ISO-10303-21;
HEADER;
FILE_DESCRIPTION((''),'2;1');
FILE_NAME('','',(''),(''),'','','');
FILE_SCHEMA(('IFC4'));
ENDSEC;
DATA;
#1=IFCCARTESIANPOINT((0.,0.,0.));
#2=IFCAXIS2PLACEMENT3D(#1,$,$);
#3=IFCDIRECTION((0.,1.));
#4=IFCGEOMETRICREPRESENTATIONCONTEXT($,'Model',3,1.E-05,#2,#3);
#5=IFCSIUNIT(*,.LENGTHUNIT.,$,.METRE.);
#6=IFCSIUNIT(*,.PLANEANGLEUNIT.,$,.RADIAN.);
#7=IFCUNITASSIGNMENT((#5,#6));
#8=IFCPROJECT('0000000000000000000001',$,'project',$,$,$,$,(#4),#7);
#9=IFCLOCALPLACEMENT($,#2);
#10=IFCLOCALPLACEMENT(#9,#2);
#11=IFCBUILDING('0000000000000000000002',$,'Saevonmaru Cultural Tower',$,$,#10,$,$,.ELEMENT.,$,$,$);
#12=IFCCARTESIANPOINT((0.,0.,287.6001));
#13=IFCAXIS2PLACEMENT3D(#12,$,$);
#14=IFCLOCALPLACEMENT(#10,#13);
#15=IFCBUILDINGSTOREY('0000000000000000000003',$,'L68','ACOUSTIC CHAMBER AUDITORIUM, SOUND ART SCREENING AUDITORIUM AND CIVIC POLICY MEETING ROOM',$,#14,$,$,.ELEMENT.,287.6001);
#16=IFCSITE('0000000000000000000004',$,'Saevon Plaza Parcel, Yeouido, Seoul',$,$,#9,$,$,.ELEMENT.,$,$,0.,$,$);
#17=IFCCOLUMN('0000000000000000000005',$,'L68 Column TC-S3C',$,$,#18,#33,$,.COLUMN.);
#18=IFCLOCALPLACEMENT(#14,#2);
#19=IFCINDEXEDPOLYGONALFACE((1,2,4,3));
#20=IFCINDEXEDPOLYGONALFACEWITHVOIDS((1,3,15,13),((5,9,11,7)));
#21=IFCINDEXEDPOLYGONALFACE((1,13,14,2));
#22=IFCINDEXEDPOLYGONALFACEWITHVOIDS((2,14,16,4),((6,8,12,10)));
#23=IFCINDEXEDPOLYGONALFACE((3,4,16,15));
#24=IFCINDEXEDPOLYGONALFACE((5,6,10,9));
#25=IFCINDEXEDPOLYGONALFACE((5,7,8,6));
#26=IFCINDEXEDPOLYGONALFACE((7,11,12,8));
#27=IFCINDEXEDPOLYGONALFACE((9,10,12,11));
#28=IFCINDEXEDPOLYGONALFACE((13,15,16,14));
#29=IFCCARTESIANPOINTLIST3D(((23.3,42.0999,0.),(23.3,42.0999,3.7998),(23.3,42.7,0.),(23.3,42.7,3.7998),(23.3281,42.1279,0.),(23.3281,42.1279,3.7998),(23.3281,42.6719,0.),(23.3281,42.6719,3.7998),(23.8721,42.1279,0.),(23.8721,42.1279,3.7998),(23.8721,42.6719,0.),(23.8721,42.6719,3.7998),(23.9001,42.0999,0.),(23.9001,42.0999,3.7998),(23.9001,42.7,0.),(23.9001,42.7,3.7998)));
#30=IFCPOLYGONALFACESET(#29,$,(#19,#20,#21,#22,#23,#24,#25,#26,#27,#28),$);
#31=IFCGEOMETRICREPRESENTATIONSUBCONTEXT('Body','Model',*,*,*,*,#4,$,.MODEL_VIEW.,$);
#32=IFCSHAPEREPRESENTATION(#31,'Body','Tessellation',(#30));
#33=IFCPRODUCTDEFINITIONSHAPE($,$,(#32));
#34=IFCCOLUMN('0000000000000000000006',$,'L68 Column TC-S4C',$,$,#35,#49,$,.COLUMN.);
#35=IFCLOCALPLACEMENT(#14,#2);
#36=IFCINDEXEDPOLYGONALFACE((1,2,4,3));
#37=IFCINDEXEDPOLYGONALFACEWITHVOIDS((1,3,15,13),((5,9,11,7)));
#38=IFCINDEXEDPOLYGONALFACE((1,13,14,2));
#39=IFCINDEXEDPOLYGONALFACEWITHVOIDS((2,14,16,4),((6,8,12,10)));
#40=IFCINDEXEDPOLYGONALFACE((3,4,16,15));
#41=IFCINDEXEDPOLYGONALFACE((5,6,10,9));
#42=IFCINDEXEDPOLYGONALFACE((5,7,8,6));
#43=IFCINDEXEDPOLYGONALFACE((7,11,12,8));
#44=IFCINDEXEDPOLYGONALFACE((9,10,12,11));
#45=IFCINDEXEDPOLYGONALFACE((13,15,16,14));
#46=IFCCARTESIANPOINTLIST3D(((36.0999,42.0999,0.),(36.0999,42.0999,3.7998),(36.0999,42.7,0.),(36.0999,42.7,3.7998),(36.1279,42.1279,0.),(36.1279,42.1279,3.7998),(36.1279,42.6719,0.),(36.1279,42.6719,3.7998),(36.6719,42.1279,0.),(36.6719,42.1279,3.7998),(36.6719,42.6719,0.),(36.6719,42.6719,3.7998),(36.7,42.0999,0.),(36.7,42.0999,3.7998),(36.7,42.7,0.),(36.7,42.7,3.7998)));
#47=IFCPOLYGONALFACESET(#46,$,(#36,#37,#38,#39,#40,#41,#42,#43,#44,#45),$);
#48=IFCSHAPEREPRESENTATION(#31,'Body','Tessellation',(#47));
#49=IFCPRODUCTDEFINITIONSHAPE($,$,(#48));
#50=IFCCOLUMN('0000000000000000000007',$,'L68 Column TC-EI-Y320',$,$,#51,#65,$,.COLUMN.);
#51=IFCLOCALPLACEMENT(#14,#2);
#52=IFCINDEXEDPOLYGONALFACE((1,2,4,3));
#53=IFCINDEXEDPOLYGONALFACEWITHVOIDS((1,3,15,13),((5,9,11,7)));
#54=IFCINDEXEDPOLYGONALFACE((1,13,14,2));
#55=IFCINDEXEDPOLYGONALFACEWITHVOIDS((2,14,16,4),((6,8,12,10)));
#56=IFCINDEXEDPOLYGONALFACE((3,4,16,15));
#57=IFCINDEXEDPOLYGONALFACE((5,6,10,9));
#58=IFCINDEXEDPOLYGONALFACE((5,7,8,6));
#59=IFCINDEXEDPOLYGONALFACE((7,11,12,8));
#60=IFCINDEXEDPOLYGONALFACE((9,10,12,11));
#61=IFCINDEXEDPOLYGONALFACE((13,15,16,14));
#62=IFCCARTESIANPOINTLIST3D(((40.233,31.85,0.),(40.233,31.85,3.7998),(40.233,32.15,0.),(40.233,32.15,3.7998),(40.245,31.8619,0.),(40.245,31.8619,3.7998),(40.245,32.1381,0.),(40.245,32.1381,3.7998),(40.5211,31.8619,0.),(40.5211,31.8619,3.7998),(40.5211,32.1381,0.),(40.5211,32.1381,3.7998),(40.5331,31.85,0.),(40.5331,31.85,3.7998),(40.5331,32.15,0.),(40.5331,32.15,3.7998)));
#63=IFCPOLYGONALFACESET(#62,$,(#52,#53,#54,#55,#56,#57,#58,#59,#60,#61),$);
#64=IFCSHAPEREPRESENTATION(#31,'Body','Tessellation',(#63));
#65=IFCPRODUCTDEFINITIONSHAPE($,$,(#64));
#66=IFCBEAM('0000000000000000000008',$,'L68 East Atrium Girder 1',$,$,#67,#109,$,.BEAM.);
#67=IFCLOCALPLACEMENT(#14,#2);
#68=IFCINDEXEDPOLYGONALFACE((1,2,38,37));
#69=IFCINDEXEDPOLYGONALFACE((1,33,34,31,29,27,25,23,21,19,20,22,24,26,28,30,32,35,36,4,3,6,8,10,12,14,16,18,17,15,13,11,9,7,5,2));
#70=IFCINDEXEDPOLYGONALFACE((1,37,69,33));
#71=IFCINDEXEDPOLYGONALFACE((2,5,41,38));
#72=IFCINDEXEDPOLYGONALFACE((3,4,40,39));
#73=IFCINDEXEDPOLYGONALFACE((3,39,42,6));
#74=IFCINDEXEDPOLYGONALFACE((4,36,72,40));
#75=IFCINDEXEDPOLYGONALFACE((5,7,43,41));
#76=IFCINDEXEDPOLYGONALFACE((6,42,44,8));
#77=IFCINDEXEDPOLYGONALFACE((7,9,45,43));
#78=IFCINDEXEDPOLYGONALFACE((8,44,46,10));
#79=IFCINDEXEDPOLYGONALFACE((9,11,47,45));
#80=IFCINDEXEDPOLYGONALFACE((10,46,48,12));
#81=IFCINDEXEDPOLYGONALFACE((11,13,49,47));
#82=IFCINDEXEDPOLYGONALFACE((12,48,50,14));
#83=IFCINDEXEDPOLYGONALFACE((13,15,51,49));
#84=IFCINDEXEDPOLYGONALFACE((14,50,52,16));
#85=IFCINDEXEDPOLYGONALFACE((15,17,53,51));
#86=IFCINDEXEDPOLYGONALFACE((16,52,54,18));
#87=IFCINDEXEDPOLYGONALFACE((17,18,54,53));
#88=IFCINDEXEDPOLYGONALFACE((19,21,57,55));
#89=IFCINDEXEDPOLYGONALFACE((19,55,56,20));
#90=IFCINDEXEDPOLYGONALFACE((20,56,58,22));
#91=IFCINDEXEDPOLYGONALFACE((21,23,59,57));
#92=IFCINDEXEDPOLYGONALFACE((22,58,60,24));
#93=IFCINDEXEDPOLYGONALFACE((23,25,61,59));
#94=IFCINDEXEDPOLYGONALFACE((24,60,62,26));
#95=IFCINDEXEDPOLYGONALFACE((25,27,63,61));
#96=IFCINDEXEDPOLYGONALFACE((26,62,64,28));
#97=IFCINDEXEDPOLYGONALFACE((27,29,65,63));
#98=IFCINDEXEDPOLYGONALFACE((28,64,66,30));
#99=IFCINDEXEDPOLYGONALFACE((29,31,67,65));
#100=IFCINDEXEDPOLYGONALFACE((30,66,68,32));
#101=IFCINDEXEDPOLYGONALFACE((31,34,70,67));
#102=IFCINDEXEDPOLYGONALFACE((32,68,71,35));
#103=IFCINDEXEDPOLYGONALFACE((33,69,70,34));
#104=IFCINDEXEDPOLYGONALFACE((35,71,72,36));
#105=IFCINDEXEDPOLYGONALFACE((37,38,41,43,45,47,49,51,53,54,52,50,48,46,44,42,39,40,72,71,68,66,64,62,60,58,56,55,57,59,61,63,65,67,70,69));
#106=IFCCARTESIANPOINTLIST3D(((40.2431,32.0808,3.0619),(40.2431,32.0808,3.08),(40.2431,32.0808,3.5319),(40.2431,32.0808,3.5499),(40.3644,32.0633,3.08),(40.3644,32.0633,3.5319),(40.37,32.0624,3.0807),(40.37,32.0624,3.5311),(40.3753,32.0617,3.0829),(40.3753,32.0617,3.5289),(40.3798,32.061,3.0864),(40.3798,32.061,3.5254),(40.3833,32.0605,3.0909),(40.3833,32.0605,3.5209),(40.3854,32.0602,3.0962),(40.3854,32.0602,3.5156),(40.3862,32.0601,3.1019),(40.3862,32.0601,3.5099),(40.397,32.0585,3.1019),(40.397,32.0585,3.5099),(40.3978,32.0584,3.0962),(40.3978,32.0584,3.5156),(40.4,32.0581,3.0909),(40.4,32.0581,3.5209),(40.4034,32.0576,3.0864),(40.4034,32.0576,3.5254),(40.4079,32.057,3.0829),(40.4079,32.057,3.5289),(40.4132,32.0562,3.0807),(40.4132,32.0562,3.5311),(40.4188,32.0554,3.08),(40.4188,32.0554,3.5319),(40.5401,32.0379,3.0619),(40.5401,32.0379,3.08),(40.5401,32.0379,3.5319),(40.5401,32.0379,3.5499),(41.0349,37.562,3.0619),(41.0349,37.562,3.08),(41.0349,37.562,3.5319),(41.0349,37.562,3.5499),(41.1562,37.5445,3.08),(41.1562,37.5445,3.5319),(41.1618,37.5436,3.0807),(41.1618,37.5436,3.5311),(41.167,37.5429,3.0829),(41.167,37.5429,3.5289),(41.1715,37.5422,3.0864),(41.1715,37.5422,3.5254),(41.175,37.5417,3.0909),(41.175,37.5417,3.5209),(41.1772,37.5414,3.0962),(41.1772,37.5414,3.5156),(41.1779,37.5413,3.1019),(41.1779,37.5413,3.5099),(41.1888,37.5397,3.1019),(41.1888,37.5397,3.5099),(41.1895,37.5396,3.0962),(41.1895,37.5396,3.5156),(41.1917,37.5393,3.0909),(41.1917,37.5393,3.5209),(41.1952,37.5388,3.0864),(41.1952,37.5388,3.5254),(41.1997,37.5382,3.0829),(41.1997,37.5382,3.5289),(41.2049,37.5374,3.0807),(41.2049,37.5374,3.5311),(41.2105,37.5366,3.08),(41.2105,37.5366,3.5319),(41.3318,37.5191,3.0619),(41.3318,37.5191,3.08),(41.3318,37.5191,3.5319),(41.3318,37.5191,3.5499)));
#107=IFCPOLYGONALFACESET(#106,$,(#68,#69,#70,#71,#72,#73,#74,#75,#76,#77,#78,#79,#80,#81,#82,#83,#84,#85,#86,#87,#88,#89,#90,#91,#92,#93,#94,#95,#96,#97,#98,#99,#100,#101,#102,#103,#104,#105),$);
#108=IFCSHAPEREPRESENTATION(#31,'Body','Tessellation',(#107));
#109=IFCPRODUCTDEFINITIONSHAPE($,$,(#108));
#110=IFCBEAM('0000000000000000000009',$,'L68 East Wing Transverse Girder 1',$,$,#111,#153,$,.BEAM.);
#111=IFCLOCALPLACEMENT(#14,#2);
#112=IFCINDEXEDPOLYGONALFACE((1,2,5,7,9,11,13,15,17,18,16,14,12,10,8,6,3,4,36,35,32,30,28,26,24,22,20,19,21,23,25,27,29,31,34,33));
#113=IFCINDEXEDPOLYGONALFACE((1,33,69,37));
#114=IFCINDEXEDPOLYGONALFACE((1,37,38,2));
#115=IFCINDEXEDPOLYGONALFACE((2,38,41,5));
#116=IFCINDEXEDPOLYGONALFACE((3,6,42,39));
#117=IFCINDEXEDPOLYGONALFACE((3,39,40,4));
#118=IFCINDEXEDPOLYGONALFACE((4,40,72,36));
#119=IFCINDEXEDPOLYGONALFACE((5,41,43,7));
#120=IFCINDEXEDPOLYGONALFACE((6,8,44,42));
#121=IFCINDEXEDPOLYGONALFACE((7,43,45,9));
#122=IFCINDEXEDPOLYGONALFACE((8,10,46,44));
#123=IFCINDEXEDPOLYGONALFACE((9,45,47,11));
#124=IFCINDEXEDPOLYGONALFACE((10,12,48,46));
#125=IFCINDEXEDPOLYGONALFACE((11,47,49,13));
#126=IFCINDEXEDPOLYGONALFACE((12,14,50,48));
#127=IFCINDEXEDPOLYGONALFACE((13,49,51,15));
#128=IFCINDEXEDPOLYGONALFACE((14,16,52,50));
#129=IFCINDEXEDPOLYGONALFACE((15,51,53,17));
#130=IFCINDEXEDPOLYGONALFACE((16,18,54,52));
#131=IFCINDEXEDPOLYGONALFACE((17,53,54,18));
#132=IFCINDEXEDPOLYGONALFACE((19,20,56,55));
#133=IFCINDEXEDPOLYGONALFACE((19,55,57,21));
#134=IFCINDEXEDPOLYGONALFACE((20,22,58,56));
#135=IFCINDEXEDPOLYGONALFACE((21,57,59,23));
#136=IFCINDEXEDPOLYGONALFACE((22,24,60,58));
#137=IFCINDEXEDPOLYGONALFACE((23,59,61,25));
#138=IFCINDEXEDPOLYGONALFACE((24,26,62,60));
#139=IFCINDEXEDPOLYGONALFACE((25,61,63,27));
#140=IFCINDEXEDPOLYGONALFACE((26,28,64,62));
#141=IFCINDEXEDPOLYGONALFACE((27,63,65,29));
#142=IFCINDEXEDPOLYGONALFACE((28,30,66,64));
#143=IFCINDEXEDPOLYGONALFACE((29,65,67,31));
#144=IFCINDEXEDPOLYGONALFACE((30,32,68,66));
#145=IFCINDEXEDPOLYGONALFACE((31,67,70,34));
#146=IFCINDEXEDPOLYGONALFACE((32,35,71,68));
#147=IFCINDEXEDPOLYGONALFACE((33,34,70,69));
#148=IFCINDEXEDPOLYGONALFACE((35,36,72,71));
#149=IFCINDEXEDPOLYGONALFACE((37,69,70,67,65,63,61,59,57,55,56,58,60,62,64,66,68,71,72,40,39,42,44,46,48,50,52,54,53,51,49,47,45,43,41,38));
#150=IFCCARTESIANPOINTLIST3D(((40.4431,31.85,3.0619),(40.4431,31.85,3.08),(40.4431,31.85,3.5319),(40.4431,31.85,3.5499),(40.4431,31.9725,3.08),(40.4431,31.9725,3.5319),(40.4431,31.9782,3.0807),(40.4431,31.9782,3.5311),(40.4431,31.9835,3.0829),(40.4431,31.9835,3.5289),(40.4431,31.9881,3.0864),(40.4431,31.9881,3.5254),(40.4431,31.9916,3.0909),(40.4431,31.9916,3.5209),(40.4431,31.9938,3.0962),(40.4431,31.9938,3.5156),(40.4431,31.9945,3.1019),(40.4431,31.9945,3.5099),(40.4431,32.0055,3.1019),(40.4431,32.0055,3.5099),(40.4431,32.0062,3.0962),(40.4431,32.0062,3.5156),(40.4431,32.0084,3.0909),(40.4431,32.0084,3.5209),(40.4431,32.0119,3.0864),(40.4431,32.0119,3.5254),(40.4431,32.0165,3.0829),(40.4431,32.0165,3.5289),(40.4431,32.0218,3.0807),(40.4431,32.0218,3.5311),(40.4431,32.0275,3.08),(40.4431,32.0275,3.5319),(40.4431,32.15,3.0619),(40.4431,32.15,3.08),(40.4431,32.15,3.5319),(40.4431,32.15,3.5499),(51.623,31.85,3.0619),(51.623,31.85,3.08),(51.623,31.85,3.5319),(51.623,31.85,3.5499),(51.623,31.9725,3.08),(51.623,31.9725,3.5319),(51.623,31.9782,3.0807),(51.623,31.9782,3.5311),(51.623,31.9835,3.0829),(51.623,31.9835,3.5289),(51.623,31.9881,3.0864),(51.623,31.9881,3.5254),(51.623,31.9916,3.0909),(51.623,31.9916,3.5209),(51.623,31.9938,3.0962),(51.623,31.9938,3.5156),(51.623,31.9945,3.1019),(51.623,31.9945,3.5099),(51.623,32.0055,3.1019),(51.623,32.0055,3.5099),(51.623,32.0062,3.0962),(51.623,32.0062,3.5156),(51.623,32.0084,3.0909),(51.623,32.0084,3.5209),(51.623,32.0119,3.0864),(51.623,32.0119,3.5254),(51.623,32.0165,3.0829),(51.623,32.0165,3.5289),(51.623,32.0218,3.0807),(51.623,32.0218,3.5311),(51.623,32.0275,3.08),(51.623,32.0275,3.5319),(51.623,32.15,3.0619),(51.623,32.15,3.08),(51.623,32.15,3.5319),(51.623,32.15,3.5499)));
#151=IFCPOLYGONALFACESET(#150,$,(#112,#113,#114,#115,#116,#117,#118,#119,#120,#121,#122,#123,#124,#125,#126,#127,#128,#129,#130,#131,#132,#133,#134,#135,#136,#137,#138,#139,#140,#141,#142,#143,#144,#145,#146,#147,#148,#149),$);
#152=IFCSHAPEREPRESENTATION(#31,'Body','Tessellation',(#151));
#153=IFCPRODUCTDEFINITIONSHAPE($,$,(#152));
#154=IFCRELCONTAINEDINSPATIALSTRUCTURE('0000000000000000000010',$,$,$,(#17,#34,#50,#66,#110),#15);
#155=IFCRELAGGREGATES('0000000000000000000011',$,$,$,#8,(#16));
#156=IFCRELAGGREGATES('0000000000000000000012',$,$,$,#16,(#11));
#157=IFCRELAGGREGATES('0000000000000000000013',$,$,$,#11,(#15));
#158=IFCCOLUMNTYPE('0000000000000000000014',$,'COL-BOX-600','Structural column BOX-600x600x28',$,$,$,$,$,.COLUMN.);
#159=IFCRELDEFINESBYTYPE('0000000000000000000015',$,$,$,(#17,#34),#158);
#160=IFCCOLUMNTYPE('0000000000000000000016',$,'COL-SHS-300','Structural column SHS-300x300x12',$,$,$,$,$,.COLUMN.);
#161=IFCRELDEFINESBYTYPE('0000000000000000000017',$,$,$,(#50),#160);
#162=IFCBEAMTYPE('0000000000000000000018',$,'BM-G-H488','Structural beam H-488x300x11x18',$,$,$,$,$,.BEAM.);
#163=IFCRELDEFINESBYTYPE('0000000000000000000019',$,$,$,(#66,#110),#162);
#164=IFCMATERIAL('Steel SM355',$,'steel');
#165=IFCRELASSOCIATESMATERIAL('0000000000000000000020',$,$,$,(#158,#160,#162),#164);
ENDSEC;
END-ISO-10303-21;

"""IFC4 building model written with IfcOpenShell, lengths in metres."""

from ifc_helpers import new_model, si_unit, direction, frame, origin, origin_2d, place, context, subcontext, project, spatial, hollow_rectangle, i_section, extrude, material, material_profile, profile_set, type_object, element, save


model = new_model("IFC4")

# Units and contexts
model_context = context("Model", 3, precision=1e-05, world=origin(), true_north=direction((0.0, 1.0)))
body_context = subcontext(model_context, "Body", "Model", "MODEL_VIEW")
ifc_project = project(units=[si_unit("LENGTHUNIT", "METRE"), si_unit("PLANEANGLEUNIT", "RADIAN")], contexts=[model_context])

# Site, building, storey
site_placement = place(None, origin())
site = spatial("IfcSite", under=ifc_project, at=site_placement, Name="Saevon Plaza Parcel, Yeouido, Seoul", CompositionType="ELEMENT", RefElevation=0.0)
building_placement = place(site_placement, origin())
building = spatial("IfcBuilding", under=site, at=building_placement, Name="Saevonmaru Cultural Tower", CompositionType="ELEMENT")
storey_placement = place(building_placement, frame((0.0, 0.0, 287.6001)))
storey = spatial("IfcBuildingStorey", under=building, at=storey_placement, Name="L68", Description="ACOUSTIC CHAMBER AUDITORIUM, SOUND ART SCREENING AUDITORIUM AND CIVIC POLICY MEETING ROOM", CompositionType="ELEMENT", Elevation=287.6001)

# Columns
ifc_material_1 = material(Name="Steel SM355", Category="steel")
ifc_material_profile_1 = material_profile(ifc_material_1, hollow_rectangle(XDim=0.6001, YDim=0.6001, WallThickness=0.0281, at=origin_2d()), Name="BOX-600x600x28")
ifc_profile_set_1 = profile_set([ifc_material_profile_1], Name="Steel SM355")
column_type_1 = type_object("IfcColumnType", Name="COL-BOX-600", Description="Structural column BOX-600x600x28", PredefinedType="COLUMN", material=ifc_profile_set_1)
for number, where, z_axis, x_axis, name in (
    (1, (23.6001, 42.3999, 0.0), (0.0, 0.0, 1.0), (1.0, 0.0, 0.0), "L68 Column TC-S3C"),
    (2, (36.3999, 42.3999, 0.0), (0.0, 0.0, 1.0), (1.0, 0.0, 0.0), "L68 Column TC-S4C"),
):
    element("IfcColumn", number, at=place(storey_placement, frame(where, z_axis=z_axis, x_axis=x_axis)), inside=storey, type_object=column_type_1, Name=name, PredefinedType="COLUMN", context=body_context, shape_type="SweptSolid", body=[
        extrude(hollow_rectangle(XDim=0.6001, YDim=0.6001, WallThickness=0.0281, at=origin_2d()), origin(), (0.0, 0.0, 1.0), 3.7998),
    ])
ifc_material_profile_2 = material_profile(ifc_material_1, hollow_rectangle(XDim=0.3, YDim=0.3, WallThickness=0.012, at=origin_2d()), Name="SHS-300x300x12")
ifc_profile_set_2 = profile_set([ifc_material_profile_2], Name="Steel SM355")
column_type_2 = type_object("IfcColumnType", Name="COL-SHS-300", Description="Structural column SHS-300x300x12", PredefinedType="COLUMN", material=ifc_profile_set_2)
column_placement = place(storey_placement, frame((40.3831, 32.0, 0.0), z_axis=(0.0, 0.0, 1.0), x_axis=(1.0, 0.0, 0.0)))
element("IfcColumn", 3, at=column_placement, inside=storey, type_object=column_type_2, Name="L68 Column TC-EI-Y320", PredefinedType="COLUMN", context=body_context, shape_type="SweptSolid", body=[
    extrude(hollow_rectangle(XDim=0.3, YDim=0.3, WallThickness=0.012, at=origin_2d()), origin(), (0.0, 0.0, 1.0), 3.7998),
])

# Beams
ifc_material_profile_3 = material_profile(ifc_material_1, i_section(OverallWidth=0.3, OverallDepth=0.488, WebThickness=0.011, FlangeThickness=0.0181, FilletRadius=0.022, at=origin_2d()), Name="H-488x300x11x18")
ifc_profile_set_3 = profile_set([ifc_material_profile_3], Name="Steel SM355")
beam_type_1 = type_object("IfcBeamType", Name="BM-G-H488", Description="Structural beam H-488x300x11x18", PredefinedType="BEAM", material=ifc_profile_set_3)
beam_1_placement = place(storey_placement, frame((40.3916, 32.0593, 3.3059), z_axis=(0.142964, 0.989728, 0.0), x_axis=(-0.989728, 0.142964, 0.0)))
element("IfcBeam", 4, at=beam_1_placement, inside=storey, type_object=beam_type_1, Name="L68 East Atrium Girder 1", PredefinedType="BEAM", context=body_context, shape_type="SweptSolid", body=[
    extrude(i_section(OverallWidth=0.3, OverallDepth=0.488, WebThickness=0.011, FlangeThickness=0.0181, FilletRadius=0.022, at=origin_2d()), origin(), (0.0, 0.0, 1.0), 5.5381),
])
beam_2_placement = place(storey_placement, frame((40.4431, 32.0, 3.3059), z_axis=(1.0, 0.0, 0.0), x_axis=(0.0, 1.0, 0.0)))
element("IfcBeam", 5, at=beam_2_placement, inside=storey, type_object=beam_type_1, Name="L68 East Wing Transverse Girder 1", PredefinedType="BEAM", context=body_context, shape_type="SweptSolid", body=[
    extrude(i_section(OverallWidth=0.3, OverallDepth=0.488, WebThickness=0.011, FlangeThickness=0.0181, FilletRadius=0.022, at=origin_2d()), origin(), (0.0, 0.0, 1.0), 11.1799),
])

save(model, "model.ifc")
